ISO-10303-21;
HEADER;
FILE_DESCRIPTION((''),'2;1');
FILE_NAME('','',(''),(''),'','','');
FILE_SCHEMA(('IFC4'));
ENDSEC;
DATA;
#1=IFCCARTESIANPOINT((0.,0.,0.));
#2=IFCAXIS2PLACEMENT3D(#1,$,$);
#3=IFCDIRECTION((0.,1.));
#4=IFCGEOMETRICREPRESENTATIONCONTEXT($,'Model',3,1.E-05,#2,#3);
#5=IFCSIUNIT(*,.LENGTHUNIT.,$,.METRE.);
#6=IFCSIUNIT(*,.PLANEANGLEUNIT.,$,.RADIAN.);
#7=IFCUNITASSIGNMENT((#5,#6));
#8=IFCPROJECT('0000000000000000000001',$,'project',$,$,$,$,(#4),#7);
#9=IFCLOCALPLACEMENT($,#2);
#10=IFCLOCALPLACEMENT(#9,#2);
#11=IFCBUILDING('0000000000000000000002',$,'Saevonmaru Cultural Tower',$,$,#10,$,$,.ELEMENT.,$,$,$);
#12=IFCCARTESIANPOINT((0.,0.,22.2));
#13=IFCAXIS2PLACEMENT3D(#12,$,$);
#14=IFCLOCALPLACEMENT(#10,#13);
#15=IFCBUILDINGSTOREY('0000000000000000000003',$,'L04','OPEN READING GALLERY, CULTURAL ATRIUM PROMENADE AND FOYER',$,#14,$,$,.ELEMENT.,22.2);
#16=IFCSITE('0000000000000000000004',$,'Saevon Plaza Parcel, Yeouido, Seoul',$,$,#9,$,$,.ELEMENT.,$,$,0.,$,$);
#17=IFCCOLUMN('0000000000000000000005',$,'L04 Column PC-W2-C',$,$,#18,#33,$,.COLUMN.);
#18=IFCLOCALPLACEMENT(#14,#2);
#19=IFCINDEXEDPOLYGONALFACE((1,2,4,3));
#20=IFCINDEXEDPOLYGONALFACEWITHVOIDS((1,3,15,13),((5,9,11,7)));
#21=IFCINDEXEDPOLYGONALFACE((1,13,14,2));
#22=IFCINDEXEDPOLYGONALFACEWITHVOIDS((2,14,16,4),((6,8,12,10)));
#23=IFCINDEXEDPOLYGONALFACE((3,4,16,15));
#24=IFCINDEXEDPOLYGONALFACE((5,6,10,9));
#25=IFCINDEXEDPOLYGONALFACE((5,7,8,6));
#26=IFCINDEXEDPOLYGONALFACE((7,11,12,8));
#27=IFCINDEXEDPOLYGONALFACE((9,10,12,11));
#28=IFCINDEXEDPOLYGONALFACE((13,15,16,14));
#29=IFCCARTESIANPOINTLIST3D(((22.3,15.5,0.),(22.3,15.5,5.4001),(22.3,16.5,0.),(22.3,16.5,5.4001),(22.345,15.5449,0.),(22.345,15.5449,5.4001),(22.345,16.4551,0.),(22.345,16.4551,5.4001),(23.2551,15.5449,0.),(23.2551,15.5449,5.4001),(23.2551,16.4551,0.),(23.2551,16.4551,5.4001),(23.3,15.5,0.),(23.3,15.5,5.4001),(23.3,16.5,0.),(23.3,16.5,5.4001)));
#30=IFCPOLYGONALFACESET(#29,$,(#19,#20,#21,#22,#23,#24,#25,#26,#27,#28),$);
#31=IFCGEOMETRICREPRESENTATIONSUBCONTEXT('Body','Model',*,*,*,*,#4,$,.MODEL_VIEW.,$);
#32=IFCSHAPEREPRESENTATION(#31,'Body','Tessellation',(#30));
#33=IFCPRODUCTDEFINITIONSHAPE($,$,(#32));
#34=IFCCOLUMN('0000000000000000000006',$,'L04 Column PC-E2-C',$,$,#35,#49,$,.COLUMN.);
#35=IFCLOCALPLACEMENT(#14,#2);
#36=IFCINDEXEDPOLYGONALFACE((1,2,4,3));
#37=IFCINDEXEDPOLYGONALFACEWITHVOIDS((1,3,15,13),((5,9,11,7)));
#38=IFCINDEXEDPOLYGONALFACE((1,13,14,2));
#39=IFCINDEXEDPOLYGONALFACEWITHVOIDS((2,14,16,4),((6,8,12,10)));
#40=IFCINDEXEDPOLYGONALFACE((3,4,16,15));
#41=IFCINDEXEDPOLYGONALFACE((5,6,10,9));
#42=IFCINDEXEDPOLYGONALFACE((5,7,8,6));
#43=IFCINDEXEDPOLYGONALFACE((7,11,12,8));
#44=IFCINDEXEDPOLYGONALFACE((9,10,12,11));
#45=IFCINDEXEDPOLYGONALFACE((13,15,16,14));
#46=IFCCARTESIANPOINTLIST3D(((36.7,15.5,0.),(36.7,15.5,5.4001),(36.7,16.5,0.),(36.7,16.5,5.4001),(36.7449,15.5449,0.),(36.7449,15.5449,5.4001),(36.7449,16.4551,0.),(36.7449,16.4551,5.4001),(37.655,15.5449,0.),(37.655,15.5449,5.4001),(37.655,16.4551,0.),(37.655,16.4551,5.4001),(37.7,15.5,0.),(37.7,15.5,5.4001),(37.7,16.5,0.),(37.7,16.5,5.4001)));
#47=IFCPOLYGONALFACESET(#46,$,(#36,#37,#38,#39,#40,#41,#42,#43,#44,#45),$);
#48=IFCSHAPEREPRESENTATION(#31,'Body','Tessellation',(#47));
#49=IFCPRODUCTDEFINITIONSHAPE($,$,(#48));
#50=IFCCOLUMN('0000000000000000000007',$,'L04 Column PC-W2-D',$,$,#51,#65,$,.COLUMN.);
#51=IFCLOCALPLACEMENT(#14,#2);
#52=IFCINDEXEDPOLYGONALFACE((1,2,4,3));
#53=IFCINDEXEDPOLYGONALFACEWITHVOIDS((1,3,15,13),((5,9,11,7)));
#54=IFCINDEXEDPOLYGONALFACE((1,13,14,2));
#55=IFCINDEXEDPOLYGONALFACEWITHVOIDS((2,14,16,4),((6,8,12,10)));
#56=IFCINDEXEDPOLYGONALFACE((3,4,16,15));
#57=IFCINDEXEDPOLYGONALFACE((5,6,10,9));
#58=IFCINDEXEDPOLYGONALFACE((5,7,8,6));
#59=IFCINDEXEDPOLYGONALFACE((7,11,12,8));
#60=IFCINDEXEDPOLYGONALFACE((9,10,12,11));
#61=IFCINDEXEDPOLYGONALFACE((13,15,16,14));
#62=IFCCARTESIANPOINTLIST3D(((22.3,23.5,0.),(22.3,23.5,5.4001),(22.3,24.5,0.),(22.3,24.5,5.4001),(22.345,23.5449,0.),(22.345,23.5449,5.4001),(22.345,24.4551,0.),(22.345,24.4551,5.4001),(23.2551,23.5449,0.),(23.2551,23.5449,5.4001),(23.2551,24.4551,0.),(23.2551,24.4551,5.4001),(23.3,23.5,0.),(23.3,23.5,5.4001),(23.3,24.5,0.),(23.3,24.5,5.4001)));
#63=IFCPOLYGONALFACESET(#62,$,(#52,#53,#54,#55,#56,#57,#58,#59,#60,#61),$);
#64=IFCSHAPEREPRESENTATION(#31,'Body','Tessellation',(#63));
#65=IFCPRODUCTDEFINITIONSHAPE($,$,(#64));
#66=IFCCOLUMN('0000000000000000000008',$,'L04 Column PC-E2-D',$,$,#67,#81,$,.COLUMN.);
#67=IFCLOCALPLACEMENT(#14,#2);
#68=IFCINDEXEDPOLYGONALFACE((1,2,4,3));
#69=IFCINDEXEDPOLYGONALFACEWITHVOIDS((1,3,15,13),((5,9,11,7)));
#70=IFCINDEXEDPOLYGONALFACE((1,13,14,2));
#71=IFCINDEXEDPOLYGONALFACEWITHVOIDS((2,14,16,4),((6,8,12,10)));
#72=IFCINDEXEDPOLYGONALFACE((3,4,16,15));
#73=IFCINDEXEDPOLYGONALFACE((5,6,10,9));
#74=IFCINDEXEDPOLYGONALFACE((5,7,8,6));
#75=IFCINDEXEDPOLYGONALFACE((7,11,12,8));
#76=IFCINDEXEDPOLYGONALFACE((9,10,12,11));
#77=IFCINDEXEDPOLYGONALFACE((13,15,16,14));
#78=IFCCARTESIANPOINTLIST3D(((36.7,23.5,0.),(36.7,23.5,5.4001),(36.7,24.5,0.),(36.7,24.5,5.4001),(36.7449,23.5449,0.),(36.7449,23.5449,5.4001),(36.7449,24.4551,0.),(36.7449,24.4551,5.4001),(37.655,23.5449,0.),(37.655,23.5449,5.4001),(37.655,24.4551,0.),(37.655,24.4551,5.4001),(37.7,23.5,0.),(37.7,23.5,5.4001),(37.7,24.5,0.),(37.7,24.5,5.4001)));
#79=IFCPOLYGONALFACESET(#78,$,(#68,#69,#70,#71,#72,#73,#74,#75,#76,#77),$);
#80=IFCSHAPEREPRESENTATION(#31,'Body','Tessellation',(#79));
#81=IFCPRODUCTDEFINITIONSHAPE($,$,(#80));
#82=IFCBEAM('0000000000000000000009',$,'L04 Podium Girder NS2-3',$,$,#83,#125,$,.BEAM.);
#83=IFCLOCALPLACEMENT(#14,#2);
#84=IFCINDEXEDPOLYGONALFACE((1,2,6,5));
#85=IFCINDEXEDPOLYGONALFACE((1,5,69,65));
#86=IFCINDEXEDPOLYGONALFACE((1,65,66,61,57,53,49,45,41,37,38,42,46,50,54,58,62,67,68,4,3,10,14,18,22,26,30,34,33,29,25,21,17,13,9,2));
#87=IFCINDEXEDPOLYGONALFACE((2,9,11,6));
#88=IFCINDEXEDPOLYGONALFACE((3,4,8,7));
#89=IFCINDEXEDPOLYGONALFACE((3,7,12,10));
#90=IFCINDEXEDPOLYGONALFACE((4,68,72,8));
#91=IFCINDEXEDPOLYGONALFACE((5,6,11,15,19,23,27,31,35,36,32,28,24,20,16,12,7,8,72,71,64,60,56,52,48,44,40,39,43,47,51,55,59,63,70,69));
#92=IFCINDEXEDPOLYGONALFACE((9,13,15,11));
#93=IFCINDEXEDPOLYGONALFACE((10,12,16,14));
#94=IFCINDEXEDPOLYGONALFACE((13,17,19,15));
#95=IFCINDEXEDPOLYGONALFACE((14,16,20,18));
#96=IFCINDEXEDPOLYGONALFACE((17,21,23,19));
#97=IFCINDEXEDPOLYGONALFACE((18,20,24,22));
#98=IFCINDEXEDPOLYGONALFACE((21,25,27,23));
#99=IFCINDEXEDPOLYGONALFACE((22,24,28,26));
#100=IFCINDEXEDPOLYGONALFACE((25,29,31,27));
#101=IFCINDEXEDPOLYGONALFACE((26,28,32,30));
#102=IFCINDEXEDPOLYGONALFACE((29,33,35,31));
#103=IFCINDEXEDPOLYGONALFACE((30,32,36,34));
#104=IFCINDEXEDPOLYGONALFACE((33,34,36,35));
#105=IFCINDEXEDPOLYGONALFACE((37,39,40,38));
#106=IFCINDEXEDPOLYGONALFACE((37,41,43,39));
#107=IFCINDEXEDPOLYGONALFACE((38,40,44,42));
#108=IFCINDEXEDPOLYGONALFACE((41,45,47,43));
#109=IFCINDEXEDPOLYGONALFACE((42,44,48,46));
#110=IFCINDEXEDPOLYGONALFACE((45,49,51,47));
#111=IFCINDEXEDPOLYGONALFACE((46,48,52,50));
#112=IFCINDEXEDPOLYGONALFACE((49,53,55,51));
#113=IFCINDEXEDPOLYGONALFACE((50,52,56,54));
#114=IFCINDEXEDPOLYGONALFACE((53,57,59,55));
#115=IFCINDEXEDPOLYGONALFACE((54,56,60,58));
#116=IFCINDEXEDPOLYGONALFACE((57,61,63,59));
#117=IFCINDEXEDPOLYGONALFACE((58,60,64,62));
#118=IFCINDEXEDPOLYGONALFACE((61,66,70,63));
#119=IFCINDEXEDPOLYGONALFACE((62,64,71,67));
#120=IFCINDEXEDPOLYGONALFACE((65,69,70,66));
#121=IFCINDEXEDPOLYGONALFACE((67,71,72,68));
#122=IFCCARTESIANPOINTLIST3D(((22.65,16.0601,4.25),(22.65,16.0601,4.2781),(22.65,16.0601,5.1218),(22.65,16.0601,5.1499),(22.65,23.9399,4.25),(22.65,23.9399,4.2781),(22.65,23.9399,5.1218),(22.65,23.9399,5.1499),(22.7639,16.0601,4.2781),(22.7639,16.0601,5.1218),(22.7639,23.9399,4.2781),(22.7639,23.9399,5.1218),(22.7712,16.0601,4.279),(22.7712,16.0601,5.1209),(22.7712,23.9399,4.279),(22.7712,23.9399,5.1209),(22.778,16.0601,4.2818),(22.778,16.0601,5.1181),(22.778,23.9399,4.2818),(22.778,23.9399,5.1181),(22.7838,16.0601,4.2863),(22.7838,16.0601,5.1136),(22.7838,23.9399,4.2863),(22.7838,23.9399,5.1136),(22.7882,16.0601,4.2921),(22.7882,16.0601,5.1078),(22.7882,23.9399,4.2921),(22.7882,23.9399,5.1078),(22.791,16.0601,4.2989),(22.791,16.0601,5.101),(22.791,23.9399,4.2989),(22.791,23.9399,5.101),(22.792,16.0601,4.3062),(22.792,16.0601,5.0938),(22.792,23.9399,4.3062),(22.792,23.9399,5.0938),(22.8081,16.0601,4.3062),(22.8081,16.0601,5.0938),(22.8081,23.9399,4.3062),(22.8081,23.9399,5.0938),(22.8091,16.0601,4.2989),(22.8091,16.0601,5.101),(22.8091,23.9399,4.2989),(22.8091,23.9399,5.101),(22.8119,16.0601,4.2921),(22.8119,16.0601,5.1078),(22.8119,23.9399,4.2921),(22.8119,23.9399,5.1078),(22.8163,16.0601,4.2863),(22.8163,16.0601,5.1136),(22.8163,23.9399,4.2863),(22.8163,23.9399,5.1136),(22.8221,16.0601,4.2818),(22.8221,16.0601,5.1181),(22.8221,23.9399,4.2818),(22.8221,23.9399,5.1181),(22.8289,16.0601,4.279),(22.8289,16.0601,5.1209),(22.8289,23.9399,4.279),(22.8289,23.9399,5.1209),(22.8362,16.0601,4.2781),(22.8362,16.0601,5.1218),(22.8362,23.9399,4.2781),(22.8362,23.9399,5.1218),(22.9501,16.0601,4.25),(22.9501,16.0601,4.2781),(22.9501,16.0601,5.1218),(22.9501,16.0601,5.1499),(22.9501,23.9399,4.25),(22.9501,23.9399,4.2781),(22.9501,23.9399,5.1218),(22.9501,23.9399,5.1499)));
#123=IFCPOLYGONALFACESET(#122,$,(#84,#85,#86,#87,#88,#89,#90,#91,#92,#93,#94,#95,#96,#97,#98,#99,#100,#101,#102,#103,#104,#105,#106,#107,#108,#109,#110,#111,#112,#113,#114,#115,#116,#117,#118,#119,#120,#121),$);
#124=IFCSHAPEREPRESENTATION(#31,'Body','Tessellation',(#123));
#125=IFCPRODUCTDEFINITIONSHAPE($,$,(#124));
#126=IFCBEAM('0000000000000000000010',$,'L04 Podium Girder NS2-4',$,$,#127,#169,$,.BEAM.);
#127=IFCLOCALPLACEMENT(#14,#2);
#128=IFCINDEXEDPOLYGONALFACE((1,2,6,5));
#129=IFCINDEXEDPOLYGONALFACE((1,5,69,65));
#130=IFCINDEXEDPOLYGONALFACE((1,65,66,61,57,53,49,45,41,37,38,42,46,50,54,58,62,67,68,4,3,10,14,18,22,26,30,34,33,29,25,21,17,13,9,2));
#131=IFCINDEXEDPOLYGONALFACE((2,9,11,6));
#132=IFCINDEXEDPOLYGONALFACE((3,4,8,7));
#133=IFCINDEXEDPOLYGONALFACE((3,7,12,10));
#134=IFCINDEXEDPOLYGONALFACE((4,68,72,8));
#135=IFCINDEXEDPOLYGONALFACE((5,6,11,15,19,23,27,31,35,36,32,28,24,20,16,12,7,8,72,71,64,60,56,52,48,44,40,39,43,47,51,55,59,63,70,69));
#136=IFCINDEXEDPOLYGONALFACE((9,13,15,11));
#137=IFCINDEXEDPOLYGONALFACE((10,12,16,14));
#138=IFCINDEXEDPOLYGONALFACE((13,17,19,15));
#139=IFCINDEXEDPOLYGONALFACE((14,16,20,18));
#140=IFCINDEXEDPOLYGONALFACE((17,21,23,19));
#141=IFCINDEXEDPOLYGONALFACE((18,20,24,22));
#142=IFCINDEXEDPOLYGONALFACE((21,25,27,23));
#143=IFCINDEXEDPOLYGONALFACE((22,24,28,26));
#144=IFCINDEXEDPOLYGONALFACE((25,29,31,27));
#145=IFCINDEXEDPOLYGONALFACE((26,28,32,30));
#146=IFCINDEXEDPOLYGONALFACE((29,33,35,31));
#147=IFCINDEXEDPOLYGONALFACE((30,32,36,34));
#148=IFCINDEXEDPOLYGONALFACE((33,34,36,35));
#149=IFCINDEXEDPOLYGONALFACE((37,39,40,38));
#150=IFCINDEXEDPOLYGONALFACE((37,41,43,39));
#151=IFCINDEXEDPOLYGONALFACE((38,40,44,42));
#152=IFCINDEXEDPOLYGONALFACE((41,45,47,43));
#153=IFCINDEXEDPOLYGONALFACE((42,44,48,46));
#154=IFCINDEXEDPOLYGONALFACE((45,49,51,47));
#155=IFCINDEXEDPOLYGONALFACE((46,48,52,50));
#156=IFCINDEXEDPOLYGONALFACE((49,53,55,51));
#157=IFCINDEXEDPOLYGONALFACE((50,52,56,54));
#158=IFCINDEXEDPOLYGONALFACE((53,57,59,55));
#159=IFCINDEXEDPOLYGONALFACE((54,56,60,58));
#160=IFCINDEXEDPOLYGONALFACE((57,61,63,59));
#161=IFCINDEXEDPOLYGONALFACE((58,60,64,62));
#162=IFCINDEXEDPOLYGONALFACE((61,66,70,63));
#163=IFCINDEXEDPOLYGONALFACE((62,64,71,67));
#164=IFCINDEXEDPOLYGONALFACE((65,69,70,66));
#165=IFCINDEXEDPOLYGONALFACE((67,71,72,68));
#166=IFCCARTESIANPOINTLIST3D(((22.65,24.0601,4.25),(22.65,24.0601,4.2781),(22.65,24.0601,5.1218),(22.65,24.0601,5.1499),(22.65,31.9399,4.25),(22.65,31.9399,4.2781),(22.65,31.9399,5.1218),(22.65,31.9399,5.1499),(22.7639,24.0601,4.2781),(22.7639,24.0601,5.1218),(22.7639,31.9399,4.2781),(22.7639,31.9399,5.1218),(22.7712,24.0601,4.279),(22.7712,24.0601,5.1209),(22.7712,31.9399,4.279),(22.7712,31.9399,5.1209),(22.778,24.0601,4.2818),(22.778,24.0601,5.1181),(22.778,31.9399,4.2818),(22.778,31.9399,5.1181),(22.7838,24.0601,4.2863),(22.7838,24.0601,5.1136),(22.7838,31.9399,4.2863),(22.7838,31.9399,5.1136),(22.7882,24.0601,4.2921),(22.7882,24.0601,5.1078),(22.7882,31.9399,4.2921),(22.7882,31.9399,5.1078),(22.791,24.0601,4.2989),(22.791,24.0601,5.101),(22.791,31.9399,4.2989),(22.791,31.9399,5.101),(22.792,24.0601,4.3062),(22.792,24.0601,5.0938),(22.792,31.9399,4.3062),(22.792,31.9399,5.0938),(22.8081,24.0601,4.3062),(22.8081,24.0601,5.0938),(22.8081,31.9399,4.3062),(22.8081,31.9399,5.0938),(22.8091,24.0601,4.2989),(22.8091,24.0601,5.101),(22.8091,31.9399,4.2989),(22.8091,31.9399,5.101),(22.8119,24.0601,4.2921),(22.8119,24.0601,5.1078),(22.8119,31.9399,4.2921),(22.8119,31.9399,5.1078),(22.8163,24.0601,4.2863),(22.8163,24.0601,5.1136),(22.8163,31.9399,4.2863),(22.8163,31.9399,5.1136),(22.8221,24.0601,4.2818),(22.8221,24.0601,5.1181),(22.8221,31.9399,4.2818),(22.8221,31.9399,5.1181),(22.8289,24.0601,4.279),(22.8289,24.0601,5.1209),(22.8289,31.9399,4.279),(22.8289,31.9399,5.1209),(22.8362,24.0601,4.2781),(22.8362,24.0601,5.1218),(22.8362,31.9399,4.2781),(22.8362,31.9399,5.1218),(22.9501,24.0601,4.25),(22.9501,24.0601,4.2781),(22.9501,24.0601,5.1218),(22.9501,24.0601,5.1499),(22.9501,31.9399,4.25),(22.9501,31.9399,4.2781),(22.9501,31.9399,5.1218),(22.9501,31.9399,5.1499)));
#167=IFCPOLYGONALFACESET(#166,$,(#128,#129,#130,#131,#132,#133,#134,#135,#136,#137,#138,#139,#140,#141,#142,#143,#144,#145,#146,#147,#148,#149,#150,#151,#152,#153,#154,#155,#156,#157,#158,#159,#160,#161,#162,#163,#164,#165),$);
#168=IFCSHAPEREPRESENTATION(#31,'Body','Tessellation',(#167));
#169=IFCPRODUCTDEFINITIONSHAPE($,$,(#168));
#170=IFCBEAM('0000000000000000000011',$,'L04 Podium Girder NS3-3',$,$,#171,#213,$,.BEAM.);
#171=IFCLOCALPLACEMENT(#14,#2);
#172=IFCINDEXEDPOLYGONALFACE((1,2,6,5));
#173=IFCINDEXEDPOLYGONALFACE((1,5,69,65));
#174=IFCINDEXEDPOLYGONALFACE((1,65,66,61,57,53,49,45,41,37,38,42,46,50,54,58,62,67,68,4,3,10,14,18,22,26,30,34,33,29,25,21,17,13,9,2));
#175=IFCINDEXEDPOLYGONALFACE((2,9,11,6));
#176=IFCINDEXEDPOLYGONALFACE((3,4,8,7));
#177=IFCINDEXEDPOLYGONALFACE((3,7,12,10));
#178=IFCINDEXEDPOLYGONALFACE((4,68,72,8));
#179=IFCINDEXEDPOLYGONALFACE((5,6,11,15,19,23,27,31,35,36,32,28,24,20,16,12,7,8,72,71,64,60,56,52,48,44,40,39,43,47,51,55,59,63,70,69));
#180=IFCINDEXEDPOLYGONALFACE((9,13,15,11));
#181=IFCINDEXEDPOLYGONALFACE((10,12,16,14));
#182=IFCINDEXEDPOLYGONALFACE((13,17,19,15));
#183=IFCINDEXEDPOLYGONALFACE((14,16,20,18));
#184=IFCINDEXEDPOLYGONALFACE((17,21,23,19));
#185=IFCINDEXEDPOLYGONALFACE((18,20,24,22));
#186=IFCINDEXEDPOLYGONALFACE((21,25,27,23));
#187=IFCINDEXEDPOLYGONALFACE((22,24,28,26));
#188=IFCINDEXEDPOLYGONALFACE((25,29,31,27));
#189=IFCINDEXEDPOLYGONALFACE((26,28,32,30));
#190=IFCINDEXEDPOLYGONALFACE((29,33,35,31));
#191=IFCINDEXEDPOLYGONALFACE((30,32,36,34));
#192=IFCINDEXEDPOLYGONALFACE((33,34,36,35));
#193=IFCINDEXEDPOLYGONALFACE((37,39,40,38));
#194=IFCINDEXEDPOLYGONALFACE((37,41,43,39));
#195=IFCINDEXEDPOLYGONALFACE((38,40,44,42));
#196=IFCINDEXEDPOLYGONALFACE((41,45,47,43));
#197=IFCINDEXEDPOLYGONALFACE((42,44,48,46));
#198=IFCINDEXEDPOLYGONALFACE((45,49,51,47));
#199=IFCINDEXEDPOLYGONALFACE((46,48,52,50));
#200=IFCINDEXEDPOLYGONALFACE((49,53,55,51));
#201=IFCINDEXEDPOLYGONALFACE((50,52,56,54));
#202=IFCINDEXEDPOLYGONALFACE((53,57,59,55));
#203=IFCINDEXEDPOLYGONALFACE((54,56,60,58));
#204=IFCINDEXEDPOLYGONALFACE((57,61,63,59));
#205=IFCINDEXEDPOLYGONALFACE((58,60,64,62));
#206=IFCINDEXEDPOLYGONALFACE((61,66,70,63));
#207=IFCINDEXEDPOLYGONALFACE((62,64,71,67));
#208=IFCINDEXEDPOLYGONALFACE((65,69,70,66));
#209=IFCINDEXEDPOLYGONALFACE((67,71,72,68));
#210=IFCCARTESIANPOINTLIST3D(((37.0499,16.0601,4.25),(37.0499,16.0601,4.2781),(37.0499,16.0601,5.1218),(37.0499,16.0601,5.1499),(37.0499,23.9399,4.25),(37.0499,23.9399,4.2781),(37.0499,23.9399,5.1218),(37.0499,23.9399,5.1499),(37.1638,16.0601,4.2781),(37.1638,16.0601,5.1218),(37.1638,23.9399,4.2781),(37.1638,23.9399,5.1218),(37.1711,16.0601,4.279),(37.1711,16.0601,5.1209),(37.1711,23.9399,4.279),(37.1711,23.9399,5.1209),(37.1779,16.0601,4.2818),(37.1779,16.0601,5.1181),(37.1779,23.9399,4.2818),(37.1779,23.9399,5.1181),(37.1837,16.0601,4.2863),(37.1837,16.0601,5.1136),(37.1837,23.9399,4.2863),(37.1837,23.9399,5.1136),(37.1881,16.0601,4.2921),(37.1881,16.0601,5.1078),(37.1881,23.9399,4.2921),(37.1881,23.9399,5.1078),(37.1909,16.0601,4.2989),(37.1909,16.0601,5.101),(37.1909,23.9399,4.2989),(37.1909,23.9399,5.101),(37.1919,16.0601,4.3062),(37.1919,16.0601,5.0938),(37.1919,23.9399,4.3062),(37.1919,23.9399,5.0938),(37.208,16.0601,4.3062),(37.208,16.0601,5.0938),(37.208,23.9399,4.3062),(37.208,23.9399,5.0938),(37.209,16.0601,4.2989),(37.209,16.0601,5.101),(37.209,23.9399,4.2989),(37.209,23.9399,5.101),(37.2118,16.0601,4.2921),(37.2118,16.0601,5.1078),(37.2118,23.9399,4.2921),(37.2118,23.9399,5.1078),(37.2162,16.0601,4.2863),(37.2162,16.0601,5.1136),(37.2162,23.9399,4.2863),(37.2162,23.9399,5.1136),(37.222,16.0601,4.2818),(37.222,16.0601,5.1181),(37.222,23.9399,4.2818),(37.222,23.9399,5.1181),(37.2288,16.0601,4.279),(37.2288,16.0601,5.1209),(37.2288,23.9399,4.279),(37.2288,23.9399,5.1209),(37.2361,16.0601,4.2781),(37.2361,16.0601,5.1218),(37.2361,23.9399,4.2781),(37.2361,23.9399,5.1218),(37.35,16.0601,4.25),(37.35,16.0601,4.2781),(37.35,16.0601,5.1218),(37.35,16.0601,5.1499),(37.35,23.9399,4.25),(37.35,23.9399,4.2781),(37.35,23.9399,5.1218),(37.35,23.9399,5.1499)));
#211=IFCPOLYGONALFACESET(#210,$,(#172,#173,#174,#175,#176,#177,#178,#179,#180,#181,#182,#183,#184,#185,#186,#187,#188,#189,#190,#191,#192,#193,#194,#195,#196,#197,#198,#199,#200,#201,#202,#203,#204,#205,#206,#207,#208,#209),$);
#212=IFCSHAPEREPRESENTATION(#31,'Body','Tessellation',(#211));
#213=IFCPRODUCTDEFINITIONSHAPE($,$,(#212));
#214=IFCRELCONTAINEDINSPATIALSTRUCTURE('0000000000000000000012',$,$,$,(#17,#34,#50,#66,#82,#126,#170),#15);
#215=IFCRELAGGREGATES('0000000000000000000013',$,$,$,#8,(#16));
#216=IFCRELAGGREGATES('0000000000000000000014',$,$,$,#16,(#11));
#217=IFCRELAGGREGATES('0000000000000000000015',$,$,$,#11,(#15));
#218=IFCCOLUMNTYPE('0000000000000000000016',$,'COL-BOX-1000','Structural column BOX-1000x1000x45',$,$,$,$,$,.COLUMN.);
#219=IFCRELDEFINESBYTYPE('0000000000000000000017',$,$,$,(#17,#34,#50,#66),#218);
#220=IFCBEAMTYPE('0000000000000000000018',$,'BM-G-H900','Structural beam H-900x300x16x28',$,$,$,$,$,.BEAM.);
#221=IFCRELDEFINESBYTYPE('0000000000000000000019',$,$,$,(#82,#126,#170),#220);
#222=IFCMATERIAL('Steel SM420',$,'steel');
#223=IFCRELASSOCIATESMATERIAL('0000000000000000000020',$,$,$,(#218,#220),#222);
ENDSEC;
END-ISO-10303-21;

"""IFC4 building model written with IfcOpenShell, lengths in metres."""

from ifc_helpers import new_model, si_unit, direction, frame, origin, origin_2d, place, context, subcontext, project, spatial, hollow_rectangle, i_section, extrude, material, material_profile, profile_set, type_object, element, save


model = new_model("IFC4")

# Units and contexts
model_context = context("Model", 3, precision=1e-05, world=origin(), true_north=direction((0.0, 1.0)))
body_context = subcontext(model_context, "Body", "Model", "MODEL_VIEW")
ifc_project = project(units=[si_unit("LENGTHUNIT", "METRE"), si_unit("PLANEANGLEUNIT", "RADIAN")], contexts=[model_context])

# Site, building, storey
site_placement = place(None, origin())
site = spatial("IfcSite", under=ifc_project, at=site_placement, Name="Saevon Plaza Parcel, Yeouido, Seoul", CompositionType="ELEMENT", RefElevation=0.0)
building_placement = place(site_placement, origin())
building = spatial("IfcBuilding", under=site, at=building_placement, Name="Saevonmaru Cultural Tower", CompositionType="ELEMENT")
storey_placement = place(building_placement, frame((0.0, 0.0, 22.2)))
storey = spatial("IfcBuildingStorey", under=building, at=storey_placement, Name="L04", Description="OPEN READING GALLERY, CULTURAL ATRIUM PROMENADE AND FOYER", CompositionType="ELEMENT", Elevation=22.2)

# Columns
ifc_material_1 = material(Name="Steel SM420", Category="steel")
ifc_material_profile_1 = material_profile(ifc_material_1, hollow_rectangle(XDim=1.0, YDim=1.0, WallThickness=0.0449, at=origin_2d()), Name="BOX-1000x1000x45")
ifc_profile_set_1 = profile_set([ifc_material_profile_1], Name="Steel SM420")
column_type = type_object("IfcColumnType", Name="COL-BOX-1000", Description="Structural column BOX-1000x1000x45", PredefinedType="COLUMN", material=ifc_profile_set_1)
for number, where, z_axis, x_axis, name in (
    (1, (22.8, 16.0, 0.0), (0.0, 0.0, 1.0), (1.0, 0.0, 0.0), "L04 Column PC-W2-C"),
    (2, (37.2, 16.0, 0.0), (0.0, 0.0, 1.0), (1.0, 0.0, 0.0), "L04 Column PC-E2-C"),
    (3, (22.8, 24.0, 0.0), (0.0, 0.0, 1.0), (1.0, 0.0, 0.0), "L04 Column PC-W2-D"),
    (4, (37.2, 24.0, 0.0), (0.0, 0.0, 1.0), (1.0, 0.0, 0.0), "L04 Column PC-E2-D"),
):
    element("IfcColumn", number, at=place(storey_placement, frame(where, z_axis=z_axis, x_axis=x_axis)), inside=storey, type_object=column_type, Name=name, PredefinedType="COLUMN", context=body_context, shape_type="SweptSolid", body=[
        extrude(hollow_rectangle(XDim=1.0, YDim=1.0, WallThickness=0.0449, at=origin_2d()), origin(), (0.0, 0.0, 1.0), 5.4001),
    ])

# Beams
ifc_material_profile_2 = material_profile(ifc_material_1, i_section(OverallWidth=0.3, OverallDepth=0.8999, WebThickness=0.0161, FlangeThickness=0.0281, FilletRadius=0.0281, at=origin_2d()), Name="H-900x300x16x28")
ifc_profile_set_2 = profile_set([ifc_material_profile_2], Name="Steel SM420")
beam_type_1 = type_object("IfcBeamType", Name="BM-G-H900", Description="Structural beam H-900x300x16x28", PredefinedType="BEAM", material=ifc_profile_set_2)
for number, where, z_axis, x_axis, name in (
    (5, (22.8, 16.0601, 4.7), (0.0, 1.0, 0.0), (-1.0, 0.0, 0.0), "L04 Podium Girder NS2-3"),
    (6, (22.8, 24.0601, 4.7), (0.0, 1.0, 0.0), (-1.0, 0.0, 0.0), "L04 Podium Girder NS2-4"),
    (7, (37.2, 16.0601, 4.7), (0.0, 1.0, 0.0), (-1.0, 0.0, 0.0), "L04 Podium Girder NS3-3"),
):
    element("IfcBeam", number, at=place(storey_placement, frame(where, z_axis=z_axis, x_axis=x_axis)), inside=storey, type_object=beam_type_1, Name=name, PredefinedType="BEAM", context=body_context, shape_type="SweptSolid", body=[
        extrude(i_section(OverallWidth=0.3, OverallDepth=0.8999, WebThickness=0.0161, FlangeThickness=0.0281, FilletRadius=0.0281, at=origin_2d()), origin(), (0.0, 0.0, 1.0), 7.8799),
    ])

save(model, "model.ifc")
